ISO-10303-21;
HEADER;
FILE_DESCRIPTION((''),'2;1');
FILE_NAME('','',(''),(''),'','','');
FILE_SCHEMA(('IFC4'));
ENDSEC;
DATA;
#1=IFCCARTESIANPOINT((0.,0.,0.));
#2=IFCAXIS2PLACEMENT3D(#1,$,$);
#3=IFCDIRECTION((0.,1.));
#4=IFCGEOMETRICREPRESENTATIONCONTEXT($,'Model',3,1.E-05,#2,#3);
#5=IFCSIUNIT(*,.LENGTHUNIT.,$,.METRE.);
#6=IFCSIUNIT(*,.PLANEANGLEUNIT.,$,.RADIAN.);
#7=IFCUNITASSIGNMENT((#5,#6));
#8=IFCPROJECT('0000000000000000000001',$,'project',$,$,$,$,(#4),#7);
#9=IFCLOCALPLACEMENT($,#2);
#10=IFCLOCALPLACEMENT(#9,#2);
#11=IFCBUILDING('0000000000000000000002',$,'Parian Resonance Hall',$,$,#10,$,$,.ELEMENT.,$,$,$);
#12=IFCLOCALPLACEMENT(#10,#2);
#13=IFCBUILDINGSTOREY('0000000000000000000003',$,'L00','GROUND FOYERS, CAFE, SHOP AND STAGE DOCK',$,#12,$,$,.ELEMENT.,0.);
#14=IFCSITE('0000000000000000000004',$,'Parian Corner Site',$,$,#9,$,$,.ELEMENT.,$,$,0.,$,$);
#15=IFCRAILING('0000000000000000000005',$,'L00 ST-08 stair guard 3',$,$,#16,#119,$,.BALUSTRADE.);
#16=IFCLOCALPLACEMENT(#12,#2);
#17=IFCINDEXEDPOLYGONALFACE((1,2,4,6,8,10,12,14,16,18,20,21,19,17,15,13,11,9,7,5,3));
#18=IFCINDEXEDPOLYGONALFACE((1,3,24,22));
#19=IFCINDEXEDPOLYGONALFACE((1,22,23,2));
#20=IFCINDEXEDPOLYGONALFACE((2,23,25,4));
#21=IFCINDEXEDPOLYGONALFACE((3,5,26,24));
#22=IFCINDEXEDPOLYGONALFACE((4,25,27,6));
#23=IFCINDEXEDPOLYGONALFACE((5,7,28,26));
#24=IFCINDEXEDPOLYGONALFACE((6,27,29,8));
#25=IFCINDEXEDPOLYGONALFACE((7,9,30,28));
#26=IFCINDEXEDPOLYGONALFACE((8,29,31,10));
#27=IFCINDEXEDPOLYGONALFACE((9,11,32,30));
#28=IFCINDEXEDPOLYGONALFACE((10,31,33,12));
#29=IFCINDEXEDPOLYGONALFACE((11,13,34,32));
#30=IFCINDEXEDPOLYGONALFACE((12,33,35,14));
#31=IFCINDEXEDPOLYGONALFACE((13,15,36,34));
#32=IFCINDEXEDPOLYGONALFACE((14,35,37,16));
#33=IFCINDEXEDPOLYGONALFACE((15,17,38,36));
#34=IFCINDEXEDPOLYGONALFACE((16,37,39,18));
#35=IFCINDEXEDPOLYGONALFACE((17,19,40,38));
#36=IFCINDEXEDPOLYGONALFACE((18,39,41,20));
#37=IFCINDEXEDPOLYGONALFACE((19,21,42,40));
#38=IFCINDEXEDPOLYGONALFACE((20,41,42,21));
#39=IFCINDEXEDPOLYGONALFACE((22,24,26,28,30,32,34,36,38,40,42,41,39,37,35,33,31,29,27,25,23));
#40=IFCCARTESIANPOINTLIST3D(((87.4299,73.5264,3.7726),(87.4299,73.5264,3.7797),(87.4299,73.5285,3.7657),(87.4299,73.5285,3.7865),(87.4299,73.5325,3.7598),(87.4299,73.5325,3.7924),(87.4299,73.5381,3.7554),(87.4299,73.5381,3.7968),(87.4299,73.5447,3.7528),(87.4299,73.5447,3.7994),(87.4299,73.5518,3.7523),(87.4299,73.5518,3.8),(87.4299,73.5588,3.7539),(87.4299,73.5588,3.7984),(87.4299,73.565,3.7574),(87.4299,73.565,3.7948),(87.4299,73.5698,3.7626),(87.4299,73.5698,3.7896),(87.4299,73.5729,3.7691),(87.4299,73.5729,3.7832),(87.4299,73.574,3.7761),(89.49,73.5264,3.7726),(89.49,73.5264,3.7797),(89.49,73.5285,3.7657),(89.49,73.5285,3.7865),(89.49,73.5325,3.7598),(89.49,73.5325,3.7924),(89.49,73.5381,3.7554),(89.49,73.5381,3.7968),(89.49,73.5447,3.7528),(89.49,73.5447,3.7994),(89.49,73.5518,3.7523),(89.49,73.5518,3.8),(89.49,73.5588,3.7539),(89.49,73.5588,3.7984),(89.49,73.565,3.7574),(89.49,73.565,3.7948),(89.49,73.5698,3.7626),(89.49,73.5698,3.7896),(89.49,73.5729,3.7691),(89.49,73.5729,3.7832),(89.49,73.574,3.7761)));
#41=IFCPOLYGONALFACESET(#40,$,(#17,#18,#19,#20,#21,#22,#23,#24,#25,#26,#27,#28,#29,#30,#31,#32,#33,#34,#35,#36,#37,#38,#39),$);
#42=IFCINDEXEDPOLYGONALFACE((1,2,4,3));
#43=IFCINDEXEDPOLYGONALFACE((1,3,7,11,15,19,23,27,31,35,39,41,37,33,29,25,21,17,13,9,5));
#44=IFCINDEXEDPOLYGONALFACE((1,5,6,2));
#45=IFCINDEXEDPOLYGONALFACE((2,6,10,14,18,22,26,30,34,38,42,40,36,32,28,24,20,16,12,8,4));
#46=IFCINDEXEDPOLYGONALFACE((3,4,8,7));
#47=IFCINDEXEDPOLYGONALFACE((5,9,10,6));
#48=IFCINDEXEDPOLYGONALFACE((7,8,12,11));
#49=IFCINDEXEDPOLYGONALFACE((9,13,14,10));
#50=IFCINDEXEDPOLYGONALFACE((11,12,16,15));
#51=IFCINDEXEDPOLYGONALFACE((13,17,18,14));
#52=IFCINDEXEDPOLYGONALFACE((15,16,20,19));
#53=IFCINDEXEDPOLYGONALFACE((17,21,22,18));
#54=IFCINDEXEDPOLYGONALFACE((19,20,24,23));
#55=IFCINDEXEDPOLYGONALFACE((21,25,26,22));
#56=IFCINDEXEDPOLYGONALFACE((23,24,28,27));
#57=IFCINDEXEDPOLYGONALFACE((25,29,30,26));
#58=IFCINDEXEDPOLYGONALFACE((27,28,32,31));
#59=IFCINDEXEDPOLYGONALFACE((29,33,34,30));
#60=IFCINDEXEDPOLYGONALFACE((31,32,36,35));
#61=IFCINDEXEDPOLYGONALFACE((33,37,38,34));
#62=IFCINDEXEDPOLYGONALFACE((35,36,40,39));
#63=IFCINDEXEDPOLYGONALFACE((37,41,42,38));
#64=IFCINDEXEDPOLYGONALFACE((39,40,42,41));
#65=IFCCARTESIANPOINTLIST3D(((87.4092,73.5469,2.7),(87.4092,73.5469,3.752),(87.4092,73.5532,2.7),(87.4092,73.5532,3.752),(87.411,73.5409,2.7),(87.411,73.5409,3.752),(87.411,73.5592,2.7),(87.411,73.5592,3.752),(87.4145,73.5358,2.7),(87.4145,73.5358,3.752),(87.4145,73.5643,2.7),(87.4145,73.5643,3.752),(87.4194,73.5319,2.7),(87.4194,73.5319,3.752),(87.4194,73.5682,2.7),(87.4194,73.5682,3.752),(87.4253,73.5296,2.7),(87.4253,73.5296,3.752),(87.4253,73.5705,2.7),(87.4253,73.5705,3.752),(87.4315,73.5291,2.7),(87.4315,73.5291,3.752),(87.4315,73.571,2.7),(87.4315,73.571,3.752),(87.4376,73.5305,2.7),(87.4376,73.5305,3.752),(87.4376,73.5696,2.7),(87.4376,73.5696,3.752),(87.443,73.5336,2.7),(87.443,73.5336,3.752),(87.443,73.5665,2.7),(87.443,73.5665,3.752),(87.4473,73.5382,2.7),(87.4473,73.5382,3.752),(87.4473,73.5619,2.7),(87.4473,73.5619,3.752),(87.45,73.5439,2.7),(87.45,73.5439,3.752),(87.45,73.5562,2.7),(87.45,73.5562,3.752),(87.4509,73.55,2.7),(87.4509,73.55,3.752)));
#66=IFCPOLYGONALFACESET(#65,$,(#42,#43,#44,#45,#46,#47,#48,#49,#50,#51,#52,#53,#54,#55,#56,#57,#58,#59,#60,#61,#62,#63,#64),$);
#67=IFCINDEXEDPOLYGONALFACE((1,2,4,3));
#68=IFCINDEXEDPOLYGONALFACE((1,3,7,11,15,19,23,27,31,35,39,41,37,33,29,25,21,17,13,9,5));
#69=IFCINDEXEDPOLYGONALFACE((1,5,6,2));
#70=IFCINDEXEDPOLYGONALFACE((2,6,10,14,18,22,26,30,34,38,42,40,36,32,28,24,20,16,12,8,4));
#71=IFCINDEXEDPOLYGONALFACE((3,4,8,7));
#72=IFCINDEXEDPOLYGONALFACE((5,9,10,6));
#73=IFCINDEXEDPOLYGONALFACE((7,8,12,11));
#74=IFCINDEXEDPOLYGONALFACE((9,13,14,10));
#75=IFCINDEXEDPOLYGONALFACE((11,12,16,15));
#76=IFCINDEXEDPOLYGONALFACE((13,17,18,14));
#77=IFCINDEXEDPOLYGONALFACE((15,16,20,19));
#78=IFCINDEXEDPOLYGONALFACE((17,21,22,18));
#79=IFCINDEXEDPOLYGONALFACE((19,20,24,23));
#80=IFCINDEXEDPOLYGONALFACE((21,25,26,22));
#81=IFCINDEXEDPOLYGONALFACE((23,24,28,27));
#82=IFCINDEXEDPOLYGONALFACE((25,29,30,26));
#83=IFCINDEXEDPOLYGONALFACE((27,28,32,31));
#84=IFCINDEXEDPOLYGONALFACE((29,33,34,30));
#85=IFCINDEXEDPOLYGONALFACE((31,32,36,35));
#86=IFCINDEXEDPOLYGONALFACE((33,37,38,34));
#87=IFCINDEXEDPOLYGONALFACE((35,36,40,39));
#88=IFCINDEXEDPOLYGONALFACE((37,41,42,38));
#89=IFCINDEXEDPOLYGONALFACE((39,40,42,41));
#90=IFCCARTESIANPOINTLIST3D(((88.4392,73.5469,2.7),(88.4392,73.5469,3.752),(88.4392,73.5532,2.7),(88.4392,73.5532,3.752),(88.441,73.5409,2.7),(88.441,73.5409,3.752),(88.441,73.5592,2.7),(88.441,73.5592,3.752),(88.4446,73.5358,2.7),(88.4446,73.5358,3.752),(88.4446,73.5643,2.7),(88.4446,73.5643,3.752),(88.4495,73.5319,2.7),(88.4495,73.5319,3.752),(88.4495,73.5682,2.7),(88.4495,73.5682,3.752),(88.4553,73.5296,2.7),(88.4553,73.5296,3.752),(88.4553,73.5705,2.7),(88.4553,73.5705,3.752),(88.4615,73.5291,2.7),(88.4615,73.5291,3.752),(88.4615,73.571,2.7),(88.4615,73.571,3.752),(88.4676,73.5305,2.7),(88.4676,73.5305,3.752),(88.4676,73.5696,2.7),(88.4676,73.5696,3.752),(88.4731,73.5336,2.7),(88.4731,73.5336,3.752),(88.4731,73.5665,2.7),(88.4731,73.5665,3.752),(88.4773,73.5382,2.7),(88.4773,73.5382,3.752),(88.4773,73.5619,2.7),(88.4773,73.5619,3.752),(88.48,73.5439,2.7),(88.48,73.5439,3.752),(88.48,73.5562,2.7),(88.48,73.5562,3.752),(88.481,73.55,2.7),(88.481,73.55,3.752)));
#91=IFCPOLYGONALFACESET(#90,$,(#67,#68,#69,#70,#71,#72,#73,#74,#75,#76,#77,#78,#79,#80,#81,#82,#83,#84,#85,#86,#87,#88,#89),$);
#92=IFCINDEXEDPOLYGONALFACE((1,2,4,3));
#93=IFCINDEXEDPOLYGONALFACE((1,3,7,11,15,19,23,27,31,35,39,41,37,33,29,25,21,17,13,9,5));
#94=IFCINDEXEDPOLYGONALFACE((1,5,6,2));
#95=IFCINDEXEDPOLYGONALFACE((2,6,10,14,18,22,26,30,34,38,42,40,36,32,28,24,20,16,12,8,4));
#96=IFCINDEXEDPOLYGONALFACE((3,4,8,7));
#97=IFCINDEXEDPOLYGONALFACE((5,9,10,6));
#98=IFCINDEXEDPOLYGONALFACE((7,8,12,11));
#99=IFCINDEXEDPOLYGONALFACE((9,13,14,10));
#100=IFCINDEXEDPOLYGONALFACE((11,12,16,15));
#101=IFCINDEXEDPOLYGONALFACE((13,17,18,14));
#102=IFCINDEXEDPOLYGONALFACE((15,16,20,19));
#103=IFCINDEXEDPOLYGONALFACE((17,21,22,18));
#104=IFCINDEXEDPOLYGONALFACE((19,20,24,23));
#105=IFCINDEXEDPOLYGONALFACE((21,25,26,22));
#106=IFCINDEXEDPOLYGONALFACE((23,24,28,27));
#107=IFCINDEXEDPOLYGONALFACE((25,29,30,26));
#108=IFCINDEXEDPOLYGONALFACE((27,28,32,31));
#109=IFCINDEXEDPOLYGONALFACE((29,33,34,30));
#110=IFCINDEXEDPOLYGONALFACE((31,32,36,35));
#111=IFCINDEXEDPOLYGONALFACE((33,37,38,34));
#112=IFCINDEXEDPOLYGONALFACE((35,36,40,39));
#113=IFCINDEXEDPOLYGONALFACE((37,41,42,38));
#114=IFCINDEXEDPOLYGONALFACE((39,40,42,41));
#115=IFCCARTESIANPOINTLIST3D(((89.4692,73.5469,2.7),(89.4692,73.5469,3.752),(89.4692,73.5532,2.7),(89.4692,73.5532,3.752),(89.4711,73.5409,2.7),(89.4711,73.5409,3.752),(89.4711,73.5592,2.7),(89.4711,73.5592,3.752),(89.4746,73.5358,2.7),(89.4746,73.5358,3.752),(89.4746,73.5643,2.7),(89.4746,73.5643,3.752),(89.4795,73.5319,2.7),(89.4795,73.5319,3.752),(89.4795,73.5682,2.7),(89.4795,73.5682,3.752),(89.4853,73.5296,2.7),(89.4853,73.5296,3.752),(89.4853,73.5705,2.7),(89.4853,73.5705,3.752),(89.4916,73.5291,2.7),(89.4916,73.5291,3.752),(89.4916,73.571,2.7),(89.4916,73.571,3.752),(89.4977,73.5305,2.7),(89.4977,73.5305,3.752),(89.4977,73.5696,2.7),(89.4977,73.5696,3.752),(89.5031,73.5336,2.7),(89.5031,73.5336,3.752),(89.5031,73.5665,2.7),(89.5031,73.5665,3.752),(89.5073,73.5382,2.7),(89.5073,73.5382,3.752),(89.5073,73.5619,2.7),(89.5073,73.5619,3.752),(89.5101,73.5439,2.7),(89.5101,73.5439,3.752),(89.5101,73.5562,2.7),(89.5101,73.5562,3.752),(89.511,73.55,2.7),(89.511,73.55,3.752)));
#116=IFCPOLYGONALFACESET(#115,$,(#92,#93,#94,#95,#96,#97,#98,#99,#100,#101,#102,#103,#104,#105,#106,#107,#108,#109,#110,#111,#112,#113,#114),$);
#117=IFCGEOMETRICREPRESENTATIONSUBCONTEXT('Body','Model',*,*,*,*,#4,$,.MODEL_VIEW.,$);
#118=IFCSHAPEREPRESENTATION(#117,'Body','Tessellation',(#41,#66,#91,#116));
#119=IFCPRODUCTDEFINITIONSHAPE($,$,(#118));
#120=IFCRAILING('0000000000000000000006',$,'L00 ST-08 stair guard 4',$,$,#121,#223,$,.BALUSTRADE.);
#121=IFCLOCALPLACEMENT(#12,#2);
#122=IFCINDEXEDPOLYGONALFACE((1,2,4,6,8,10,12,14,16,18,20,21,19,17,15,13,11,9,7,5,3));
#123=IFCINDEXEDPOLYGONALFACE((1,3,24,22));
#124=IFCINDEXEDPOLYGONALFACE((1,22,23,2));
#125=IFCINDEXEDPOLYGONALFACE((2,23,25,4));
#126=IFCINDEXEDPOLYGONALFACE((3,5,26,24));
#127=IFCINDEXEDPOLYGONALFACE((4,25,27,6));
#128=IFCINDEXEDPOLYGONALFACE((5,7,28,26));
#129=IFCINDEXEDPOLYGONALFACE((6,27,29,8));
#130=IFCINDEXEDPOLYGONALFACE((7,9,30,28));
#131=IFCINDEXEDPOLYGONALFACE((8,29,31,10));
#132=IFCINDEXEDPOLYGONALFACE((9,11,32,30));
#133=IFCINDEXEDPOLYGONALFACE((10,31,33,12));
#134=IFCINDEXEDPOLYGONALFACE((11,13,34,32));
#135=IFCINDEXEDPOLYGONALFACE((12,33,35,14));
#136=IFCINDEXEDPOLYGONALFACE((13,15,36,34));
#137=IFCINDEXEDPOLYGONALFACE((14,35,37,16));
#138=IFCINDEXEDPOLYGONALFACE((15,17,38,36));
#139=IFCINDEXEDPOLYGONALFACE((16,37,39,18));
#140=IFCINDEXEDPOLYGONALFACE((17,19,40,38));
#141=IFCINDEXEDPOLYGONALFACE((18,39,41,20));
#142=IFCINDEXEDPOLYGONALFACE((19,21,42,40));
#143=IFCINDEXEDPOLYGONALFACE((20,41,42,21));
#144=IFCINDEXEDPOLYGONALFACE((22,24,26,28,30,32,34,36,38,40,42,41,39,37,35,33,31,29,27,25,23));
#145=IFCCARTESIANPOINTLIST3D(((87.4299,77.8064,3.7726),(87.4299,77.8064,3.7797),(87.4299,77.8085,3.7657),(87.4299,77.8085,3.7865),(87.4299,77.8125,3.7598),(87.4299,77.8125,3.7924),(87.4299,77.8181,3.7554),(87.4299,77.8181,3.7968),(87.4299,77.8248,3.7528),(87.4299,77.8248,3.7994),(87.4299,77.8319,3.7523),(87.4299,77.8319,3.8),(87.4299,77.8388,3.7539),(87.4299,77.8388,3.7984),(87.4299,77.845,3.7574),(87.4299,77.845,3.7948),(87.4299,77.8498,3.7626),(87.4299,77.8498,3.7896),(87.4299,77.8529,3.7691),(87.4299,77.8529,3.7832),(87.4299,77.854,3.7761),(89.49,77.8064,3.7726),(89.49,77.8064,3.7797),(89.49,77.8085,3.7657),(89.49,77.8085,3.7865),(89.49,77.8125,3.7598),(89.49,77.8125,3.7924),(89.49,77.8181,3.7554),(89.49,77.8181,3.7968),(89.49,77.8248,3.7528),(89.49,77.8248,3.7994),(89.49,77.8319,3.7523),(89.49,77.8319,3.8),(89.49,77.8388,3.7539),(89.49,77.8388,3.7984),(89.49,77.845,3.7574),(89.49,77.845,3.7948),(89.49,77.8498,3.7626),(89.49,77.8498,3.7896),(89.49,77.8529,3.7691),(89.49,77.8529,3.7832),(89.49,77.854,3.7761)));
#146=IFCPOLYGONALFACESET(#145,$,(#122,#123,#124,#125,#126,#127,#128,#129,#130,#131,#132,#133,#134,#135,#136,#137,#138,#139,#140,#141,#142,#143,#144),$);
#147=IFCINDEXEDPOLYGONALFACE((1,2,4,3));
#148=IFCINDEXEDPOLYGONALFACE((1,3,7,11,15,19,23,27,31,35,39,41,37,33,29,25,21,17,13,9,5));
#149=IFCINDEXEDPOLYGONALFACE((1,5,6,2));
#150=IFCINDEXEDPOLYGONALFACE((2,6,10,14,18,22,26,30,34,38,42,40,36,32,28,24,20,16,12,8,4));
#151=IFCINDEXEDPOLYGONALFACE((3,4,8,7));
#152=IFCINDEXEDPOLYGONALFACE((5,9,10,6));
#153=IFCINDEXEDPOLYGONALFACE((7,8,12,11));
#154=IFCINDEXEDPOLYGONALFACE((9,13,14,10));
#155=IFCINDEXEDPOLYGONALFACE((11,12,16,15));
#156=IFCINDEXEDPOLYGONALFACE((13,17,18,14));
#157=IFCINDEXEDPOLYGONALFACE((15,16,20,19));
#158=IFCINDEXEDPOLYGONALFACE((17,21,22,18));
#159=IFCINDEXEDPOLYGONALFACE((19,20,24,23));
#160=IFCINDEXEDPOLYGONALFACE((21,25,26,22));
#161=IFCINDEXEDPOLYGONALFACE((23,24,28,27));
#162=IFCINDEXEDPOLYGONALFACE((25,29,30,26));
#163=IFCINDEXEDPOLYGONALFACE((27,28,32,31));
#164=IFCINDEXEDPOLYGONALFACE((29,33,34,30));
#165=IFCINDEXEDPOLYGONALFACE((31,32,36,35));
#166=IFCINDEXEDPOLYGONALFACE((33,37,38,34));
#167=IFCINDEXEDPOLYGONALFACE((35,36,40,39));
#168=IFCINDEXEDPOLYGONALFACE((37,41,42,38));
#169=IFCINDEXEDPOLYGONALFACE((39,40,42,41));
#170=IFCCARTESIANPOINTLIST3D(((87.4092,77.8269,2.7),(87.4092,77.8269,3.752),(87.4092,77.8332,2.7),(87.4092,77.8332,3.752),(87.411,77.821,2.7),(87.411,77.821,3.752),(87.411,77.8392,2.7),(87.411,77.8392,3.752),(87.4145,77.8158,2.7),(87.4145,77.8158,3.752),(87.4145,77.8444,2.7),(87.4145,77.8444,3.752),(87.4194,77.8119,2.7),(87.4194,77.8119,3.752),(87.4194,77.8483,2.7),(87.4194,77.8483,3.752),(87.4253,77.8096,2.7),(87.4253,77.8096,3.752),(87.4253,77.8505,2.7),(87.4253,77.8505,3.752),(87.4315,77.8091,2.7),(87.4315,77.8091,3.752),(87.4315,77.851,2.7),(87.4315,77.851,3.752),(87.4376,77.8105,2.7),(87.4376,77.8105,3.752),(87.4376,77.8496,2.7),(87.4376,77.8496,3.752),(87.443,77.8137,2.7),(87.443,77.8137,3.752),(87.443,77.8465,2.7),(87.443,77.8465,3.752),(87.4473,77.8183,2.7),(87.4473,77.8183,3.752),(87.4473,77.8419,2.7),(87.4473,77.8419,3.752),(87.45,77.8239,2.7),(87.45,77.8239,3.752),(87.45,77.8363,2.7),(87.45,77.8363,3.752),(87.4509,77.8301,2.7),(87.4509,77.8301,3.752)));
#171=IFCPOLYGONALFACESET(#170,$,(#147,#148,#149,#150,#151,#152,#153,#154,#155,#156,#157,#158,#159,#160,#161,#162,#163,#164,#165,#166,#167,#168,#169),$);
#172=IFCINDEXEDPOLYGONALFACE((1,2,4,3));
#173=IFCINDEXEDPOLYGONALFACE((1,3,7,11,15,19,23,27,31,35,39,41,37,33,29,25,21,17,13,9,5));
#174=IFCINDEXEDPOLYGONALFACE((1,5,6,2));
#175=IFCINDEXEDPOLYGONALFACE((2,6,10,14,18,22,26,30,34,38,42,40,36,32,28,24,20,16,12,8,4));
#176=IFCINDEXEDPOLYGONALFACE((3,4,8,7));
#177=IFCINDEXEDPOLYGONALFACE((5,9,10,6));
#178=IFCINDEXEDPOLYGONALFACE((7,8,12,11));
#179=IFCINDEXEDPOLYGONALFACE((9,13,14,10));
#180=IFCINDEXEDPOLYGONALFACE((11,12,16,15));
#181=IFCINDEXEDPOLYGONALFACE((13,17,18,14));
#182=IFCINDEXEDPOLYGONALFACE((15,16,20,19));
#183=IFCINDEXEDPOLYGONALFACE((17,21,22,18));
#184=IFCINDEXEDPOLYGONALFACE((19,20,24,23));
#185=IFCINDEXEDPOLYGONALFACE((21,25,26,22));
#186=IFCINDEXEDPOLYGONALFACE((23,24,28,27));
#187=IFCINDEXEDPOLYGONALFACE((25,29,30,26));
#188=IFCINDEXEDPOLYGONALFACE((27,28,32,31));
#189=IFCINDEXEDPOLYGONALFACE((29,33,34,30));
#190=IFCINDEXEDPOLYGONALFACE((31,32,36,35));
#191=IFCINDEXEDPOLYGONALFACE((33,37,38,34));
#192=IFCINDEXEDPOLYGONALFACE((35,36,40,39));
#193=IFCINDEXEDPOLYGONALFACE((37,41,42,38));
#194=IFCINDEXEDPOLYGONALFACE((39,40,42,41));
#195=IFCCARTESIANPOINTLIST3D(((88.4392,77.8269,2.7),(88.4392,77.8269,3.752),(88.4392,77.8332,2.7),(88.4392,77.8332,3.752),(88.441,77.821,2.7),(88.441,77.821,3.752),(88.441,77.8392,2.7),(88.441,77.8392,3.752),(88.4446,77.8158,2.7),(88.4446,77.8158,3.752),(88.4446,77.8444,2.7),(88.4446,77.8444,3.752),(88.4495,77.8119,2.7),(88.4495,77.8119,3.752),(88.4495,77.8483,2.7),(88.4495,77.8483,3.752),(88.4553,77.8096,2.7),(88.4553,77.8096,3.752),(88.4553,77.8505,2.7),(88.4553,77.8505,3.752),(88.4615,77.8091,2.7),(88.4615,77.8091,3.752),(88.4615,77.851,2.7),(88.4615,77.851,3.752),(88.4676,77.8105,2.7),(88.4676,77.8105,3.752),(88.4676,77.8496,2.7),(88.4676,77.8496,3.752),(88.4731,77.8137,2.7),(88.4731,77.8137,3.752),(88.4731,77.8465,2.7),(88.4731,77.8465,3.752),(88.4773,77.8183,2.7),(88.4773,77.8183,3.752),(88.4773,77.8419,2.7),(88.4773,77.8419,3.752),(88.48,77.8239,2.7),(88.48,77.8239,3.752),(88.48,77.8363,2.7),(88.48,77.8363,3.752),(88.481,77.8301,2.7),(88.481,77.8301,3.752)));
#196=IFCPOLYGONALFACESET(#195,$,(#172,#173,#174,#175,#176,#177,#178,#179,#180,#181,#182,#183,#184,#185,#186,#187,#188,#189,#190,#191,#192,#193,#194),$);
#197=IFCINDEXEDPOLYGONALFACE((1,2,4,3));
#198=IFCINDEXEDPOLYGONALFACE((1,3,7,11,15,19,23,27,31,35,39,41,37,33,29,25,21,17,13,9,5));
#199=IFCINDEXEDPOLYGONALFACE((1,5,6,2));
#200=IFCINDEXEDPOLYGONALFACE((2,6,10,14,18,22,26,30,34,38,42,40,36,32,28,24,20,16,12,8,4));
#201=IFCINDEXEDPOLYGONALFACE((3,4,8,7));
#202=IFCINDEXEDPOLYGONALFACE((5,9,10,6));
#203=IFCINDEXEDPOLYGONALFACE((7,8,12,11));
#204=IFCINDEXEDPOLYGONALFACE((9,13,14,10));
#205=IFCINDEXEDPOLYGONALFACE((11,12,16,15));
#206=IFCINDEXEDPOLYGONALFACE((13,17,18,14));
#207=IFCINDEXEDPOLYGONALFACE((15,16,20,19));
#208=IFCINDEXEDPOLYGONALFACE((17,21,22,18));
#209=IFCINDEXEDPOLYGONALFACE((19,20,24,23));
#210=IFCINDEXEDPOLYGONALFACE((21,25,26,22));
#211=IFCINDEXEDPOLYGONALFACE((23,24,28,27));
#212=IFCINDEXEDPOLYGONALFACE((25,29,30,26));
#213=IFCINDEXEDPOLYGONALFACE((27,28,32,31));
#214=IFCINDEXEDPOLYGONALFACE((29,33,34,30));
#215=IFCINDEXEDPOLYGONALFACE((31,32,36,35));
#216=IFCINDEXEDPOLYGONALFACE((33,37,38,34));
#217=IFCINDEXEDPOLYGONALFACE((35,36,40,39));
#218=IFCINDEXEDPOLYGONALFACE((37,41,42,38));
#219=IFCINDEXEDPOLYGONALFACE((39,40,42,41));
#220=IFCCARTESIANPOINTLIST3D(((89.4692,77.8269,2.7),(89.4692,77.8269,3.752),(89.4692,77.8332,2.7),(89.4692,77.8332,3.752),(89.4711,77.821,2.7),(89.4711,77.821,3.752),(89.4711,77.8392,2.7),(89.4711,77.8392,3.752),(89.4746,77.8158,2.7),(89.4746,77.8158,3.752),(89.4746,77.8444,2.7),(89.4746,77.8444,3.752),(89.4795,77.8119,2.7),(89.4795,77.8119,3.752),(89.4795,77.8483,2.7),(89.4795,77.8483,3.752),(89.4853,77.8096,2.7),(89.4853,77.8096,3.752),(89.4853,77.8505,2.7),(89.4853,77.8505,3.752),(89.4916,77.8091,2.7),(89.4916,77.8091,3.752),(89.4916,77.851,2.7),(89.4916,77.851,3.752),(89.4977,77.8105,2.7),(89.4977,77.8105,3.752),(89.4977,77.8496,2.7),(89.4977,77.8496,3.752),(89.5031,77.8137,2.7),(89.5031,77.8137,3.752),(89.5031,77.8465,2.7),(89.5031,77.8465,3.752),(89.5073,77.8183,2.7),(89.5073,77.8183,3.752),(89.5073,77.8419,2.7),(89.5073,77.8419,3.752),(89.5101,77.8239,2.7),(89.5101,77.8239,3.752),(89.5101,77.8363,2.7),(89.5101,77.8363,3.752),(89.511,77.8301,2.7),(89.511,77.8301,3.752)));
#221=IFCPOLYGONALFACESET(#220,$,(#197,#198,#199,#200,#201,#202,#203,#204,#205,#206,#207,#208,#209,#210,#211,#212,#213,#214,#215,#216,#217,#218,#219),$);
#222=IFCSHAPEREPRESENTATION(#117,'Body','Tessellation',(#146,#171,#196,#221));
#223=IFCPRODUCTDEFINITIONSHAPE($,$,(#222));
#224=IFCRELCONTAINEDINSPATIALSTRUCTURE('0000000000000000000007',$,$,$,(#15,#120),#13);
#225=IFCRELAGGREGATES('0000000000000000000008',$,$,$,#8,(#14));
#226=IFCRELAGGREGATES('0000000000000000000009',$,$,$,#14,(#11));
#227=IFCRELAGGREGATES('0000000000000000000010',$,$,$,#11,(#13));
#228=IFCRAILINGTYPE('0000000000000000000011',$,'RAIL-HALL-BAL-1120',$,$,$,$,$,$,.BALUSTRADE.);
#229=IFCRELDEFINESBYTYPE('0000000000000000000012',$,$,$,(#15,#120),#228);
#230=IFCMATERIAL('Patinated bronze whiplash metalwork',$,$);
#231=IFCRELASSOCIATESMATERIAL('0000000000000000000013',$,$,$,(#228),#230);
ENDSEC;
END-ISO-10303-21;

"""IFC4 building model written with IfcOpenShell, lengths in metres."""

from ifc_helpers import new_model, si_unit, direction, frame, origin, origin_2d, place, context, subcontext, project, spatial, circle, extrude, material, type_object, element, save


model = new_model("IFC4")

# Units and contexts
model_context = context("Model", 3, precision=1e-05, world=origin(), true_north=direction((0.0, 1.0)))
body_context = subcontext(model_context, "Body", "Model", "MODEL_VIEW")
ifc_project = project(units=[si_unit("LENGTHUNIT", "METRE"), si_unit("PLANEANGLEUNIT", "RADIAN")], contexts=[model_context])

# Site, building, storey
site_placement = place(None, origin())
site = spatial("IfcSite", under=ifc_project, at=site_placement, Name="Parian Corner Site", CompositionType="ELEMENT", RefElevation=0.0)
building_placement = place(site_placement, origin())
building = spatial("IfcBuilding", under=site, at=building_placement, Name="Parian Resonance Hall", CompositionType="ELEMENT")
storey_placement = place(building_placement, origin())
storey = spatial("IfcBuildingStorey", under=building, at=storey_placement, Name="L00", Description="GROUND FOYERS, CAFE, SHOP AND STAGE DOCK", CompositionType="ELEMENT", Elevation=0.0)

# Railings
ifc_material_1 = material(Name="Patinated bronze whiplash metalwork")
railing_type_1 = type_object("IfcRailingType", Name="RAIL-HALL-BAL-1120", PredefinedType="BALUSTRADE", material=ifc_material_1)
for number, where, name in (
    (1, (87.4299, 73.55, 2.7), "L00 ST-08 stair guard 3"),
    (2, (87.4299, 77.8301, 2.7), "L00 ST-08 stair guard 4"),
):
    element("IfcRailing", number, at=place(storey_placement, frame(where)), inside=storey, type_object=railing_type_1, Name=name, PredefinedType="BALUSTRADE", context=body_context, shape_type="SweptSolid", body=[
        extrude(circle(Radius=0.0239, at=origin_2d()), frame((0.0, 0.0, 1.0762), z_axis=(1.0, 0.0, 0.0), x_axis=(0.0, 1.0, 0.0)), (0.0, 0.0, 1.0), 2.0601),
        extrude(circle(Radius=0.021, at=origin_2d()), origin(), (0.0, 0.0, 1.0), 1.052),
        extrude(circle(Radius=0.021, at=origin_2d()), frame((1.03, 0.0, 0.0)), (0.0, 0.0, 1.0), 1.052),
        extrude(circle(Radius=0.021, at=origin_2d()), frame((2.0601, 0.0, 0.0)), (0.0, 0.0, 1.0), 1.052),
    ])

save(model, "model.ifc")
